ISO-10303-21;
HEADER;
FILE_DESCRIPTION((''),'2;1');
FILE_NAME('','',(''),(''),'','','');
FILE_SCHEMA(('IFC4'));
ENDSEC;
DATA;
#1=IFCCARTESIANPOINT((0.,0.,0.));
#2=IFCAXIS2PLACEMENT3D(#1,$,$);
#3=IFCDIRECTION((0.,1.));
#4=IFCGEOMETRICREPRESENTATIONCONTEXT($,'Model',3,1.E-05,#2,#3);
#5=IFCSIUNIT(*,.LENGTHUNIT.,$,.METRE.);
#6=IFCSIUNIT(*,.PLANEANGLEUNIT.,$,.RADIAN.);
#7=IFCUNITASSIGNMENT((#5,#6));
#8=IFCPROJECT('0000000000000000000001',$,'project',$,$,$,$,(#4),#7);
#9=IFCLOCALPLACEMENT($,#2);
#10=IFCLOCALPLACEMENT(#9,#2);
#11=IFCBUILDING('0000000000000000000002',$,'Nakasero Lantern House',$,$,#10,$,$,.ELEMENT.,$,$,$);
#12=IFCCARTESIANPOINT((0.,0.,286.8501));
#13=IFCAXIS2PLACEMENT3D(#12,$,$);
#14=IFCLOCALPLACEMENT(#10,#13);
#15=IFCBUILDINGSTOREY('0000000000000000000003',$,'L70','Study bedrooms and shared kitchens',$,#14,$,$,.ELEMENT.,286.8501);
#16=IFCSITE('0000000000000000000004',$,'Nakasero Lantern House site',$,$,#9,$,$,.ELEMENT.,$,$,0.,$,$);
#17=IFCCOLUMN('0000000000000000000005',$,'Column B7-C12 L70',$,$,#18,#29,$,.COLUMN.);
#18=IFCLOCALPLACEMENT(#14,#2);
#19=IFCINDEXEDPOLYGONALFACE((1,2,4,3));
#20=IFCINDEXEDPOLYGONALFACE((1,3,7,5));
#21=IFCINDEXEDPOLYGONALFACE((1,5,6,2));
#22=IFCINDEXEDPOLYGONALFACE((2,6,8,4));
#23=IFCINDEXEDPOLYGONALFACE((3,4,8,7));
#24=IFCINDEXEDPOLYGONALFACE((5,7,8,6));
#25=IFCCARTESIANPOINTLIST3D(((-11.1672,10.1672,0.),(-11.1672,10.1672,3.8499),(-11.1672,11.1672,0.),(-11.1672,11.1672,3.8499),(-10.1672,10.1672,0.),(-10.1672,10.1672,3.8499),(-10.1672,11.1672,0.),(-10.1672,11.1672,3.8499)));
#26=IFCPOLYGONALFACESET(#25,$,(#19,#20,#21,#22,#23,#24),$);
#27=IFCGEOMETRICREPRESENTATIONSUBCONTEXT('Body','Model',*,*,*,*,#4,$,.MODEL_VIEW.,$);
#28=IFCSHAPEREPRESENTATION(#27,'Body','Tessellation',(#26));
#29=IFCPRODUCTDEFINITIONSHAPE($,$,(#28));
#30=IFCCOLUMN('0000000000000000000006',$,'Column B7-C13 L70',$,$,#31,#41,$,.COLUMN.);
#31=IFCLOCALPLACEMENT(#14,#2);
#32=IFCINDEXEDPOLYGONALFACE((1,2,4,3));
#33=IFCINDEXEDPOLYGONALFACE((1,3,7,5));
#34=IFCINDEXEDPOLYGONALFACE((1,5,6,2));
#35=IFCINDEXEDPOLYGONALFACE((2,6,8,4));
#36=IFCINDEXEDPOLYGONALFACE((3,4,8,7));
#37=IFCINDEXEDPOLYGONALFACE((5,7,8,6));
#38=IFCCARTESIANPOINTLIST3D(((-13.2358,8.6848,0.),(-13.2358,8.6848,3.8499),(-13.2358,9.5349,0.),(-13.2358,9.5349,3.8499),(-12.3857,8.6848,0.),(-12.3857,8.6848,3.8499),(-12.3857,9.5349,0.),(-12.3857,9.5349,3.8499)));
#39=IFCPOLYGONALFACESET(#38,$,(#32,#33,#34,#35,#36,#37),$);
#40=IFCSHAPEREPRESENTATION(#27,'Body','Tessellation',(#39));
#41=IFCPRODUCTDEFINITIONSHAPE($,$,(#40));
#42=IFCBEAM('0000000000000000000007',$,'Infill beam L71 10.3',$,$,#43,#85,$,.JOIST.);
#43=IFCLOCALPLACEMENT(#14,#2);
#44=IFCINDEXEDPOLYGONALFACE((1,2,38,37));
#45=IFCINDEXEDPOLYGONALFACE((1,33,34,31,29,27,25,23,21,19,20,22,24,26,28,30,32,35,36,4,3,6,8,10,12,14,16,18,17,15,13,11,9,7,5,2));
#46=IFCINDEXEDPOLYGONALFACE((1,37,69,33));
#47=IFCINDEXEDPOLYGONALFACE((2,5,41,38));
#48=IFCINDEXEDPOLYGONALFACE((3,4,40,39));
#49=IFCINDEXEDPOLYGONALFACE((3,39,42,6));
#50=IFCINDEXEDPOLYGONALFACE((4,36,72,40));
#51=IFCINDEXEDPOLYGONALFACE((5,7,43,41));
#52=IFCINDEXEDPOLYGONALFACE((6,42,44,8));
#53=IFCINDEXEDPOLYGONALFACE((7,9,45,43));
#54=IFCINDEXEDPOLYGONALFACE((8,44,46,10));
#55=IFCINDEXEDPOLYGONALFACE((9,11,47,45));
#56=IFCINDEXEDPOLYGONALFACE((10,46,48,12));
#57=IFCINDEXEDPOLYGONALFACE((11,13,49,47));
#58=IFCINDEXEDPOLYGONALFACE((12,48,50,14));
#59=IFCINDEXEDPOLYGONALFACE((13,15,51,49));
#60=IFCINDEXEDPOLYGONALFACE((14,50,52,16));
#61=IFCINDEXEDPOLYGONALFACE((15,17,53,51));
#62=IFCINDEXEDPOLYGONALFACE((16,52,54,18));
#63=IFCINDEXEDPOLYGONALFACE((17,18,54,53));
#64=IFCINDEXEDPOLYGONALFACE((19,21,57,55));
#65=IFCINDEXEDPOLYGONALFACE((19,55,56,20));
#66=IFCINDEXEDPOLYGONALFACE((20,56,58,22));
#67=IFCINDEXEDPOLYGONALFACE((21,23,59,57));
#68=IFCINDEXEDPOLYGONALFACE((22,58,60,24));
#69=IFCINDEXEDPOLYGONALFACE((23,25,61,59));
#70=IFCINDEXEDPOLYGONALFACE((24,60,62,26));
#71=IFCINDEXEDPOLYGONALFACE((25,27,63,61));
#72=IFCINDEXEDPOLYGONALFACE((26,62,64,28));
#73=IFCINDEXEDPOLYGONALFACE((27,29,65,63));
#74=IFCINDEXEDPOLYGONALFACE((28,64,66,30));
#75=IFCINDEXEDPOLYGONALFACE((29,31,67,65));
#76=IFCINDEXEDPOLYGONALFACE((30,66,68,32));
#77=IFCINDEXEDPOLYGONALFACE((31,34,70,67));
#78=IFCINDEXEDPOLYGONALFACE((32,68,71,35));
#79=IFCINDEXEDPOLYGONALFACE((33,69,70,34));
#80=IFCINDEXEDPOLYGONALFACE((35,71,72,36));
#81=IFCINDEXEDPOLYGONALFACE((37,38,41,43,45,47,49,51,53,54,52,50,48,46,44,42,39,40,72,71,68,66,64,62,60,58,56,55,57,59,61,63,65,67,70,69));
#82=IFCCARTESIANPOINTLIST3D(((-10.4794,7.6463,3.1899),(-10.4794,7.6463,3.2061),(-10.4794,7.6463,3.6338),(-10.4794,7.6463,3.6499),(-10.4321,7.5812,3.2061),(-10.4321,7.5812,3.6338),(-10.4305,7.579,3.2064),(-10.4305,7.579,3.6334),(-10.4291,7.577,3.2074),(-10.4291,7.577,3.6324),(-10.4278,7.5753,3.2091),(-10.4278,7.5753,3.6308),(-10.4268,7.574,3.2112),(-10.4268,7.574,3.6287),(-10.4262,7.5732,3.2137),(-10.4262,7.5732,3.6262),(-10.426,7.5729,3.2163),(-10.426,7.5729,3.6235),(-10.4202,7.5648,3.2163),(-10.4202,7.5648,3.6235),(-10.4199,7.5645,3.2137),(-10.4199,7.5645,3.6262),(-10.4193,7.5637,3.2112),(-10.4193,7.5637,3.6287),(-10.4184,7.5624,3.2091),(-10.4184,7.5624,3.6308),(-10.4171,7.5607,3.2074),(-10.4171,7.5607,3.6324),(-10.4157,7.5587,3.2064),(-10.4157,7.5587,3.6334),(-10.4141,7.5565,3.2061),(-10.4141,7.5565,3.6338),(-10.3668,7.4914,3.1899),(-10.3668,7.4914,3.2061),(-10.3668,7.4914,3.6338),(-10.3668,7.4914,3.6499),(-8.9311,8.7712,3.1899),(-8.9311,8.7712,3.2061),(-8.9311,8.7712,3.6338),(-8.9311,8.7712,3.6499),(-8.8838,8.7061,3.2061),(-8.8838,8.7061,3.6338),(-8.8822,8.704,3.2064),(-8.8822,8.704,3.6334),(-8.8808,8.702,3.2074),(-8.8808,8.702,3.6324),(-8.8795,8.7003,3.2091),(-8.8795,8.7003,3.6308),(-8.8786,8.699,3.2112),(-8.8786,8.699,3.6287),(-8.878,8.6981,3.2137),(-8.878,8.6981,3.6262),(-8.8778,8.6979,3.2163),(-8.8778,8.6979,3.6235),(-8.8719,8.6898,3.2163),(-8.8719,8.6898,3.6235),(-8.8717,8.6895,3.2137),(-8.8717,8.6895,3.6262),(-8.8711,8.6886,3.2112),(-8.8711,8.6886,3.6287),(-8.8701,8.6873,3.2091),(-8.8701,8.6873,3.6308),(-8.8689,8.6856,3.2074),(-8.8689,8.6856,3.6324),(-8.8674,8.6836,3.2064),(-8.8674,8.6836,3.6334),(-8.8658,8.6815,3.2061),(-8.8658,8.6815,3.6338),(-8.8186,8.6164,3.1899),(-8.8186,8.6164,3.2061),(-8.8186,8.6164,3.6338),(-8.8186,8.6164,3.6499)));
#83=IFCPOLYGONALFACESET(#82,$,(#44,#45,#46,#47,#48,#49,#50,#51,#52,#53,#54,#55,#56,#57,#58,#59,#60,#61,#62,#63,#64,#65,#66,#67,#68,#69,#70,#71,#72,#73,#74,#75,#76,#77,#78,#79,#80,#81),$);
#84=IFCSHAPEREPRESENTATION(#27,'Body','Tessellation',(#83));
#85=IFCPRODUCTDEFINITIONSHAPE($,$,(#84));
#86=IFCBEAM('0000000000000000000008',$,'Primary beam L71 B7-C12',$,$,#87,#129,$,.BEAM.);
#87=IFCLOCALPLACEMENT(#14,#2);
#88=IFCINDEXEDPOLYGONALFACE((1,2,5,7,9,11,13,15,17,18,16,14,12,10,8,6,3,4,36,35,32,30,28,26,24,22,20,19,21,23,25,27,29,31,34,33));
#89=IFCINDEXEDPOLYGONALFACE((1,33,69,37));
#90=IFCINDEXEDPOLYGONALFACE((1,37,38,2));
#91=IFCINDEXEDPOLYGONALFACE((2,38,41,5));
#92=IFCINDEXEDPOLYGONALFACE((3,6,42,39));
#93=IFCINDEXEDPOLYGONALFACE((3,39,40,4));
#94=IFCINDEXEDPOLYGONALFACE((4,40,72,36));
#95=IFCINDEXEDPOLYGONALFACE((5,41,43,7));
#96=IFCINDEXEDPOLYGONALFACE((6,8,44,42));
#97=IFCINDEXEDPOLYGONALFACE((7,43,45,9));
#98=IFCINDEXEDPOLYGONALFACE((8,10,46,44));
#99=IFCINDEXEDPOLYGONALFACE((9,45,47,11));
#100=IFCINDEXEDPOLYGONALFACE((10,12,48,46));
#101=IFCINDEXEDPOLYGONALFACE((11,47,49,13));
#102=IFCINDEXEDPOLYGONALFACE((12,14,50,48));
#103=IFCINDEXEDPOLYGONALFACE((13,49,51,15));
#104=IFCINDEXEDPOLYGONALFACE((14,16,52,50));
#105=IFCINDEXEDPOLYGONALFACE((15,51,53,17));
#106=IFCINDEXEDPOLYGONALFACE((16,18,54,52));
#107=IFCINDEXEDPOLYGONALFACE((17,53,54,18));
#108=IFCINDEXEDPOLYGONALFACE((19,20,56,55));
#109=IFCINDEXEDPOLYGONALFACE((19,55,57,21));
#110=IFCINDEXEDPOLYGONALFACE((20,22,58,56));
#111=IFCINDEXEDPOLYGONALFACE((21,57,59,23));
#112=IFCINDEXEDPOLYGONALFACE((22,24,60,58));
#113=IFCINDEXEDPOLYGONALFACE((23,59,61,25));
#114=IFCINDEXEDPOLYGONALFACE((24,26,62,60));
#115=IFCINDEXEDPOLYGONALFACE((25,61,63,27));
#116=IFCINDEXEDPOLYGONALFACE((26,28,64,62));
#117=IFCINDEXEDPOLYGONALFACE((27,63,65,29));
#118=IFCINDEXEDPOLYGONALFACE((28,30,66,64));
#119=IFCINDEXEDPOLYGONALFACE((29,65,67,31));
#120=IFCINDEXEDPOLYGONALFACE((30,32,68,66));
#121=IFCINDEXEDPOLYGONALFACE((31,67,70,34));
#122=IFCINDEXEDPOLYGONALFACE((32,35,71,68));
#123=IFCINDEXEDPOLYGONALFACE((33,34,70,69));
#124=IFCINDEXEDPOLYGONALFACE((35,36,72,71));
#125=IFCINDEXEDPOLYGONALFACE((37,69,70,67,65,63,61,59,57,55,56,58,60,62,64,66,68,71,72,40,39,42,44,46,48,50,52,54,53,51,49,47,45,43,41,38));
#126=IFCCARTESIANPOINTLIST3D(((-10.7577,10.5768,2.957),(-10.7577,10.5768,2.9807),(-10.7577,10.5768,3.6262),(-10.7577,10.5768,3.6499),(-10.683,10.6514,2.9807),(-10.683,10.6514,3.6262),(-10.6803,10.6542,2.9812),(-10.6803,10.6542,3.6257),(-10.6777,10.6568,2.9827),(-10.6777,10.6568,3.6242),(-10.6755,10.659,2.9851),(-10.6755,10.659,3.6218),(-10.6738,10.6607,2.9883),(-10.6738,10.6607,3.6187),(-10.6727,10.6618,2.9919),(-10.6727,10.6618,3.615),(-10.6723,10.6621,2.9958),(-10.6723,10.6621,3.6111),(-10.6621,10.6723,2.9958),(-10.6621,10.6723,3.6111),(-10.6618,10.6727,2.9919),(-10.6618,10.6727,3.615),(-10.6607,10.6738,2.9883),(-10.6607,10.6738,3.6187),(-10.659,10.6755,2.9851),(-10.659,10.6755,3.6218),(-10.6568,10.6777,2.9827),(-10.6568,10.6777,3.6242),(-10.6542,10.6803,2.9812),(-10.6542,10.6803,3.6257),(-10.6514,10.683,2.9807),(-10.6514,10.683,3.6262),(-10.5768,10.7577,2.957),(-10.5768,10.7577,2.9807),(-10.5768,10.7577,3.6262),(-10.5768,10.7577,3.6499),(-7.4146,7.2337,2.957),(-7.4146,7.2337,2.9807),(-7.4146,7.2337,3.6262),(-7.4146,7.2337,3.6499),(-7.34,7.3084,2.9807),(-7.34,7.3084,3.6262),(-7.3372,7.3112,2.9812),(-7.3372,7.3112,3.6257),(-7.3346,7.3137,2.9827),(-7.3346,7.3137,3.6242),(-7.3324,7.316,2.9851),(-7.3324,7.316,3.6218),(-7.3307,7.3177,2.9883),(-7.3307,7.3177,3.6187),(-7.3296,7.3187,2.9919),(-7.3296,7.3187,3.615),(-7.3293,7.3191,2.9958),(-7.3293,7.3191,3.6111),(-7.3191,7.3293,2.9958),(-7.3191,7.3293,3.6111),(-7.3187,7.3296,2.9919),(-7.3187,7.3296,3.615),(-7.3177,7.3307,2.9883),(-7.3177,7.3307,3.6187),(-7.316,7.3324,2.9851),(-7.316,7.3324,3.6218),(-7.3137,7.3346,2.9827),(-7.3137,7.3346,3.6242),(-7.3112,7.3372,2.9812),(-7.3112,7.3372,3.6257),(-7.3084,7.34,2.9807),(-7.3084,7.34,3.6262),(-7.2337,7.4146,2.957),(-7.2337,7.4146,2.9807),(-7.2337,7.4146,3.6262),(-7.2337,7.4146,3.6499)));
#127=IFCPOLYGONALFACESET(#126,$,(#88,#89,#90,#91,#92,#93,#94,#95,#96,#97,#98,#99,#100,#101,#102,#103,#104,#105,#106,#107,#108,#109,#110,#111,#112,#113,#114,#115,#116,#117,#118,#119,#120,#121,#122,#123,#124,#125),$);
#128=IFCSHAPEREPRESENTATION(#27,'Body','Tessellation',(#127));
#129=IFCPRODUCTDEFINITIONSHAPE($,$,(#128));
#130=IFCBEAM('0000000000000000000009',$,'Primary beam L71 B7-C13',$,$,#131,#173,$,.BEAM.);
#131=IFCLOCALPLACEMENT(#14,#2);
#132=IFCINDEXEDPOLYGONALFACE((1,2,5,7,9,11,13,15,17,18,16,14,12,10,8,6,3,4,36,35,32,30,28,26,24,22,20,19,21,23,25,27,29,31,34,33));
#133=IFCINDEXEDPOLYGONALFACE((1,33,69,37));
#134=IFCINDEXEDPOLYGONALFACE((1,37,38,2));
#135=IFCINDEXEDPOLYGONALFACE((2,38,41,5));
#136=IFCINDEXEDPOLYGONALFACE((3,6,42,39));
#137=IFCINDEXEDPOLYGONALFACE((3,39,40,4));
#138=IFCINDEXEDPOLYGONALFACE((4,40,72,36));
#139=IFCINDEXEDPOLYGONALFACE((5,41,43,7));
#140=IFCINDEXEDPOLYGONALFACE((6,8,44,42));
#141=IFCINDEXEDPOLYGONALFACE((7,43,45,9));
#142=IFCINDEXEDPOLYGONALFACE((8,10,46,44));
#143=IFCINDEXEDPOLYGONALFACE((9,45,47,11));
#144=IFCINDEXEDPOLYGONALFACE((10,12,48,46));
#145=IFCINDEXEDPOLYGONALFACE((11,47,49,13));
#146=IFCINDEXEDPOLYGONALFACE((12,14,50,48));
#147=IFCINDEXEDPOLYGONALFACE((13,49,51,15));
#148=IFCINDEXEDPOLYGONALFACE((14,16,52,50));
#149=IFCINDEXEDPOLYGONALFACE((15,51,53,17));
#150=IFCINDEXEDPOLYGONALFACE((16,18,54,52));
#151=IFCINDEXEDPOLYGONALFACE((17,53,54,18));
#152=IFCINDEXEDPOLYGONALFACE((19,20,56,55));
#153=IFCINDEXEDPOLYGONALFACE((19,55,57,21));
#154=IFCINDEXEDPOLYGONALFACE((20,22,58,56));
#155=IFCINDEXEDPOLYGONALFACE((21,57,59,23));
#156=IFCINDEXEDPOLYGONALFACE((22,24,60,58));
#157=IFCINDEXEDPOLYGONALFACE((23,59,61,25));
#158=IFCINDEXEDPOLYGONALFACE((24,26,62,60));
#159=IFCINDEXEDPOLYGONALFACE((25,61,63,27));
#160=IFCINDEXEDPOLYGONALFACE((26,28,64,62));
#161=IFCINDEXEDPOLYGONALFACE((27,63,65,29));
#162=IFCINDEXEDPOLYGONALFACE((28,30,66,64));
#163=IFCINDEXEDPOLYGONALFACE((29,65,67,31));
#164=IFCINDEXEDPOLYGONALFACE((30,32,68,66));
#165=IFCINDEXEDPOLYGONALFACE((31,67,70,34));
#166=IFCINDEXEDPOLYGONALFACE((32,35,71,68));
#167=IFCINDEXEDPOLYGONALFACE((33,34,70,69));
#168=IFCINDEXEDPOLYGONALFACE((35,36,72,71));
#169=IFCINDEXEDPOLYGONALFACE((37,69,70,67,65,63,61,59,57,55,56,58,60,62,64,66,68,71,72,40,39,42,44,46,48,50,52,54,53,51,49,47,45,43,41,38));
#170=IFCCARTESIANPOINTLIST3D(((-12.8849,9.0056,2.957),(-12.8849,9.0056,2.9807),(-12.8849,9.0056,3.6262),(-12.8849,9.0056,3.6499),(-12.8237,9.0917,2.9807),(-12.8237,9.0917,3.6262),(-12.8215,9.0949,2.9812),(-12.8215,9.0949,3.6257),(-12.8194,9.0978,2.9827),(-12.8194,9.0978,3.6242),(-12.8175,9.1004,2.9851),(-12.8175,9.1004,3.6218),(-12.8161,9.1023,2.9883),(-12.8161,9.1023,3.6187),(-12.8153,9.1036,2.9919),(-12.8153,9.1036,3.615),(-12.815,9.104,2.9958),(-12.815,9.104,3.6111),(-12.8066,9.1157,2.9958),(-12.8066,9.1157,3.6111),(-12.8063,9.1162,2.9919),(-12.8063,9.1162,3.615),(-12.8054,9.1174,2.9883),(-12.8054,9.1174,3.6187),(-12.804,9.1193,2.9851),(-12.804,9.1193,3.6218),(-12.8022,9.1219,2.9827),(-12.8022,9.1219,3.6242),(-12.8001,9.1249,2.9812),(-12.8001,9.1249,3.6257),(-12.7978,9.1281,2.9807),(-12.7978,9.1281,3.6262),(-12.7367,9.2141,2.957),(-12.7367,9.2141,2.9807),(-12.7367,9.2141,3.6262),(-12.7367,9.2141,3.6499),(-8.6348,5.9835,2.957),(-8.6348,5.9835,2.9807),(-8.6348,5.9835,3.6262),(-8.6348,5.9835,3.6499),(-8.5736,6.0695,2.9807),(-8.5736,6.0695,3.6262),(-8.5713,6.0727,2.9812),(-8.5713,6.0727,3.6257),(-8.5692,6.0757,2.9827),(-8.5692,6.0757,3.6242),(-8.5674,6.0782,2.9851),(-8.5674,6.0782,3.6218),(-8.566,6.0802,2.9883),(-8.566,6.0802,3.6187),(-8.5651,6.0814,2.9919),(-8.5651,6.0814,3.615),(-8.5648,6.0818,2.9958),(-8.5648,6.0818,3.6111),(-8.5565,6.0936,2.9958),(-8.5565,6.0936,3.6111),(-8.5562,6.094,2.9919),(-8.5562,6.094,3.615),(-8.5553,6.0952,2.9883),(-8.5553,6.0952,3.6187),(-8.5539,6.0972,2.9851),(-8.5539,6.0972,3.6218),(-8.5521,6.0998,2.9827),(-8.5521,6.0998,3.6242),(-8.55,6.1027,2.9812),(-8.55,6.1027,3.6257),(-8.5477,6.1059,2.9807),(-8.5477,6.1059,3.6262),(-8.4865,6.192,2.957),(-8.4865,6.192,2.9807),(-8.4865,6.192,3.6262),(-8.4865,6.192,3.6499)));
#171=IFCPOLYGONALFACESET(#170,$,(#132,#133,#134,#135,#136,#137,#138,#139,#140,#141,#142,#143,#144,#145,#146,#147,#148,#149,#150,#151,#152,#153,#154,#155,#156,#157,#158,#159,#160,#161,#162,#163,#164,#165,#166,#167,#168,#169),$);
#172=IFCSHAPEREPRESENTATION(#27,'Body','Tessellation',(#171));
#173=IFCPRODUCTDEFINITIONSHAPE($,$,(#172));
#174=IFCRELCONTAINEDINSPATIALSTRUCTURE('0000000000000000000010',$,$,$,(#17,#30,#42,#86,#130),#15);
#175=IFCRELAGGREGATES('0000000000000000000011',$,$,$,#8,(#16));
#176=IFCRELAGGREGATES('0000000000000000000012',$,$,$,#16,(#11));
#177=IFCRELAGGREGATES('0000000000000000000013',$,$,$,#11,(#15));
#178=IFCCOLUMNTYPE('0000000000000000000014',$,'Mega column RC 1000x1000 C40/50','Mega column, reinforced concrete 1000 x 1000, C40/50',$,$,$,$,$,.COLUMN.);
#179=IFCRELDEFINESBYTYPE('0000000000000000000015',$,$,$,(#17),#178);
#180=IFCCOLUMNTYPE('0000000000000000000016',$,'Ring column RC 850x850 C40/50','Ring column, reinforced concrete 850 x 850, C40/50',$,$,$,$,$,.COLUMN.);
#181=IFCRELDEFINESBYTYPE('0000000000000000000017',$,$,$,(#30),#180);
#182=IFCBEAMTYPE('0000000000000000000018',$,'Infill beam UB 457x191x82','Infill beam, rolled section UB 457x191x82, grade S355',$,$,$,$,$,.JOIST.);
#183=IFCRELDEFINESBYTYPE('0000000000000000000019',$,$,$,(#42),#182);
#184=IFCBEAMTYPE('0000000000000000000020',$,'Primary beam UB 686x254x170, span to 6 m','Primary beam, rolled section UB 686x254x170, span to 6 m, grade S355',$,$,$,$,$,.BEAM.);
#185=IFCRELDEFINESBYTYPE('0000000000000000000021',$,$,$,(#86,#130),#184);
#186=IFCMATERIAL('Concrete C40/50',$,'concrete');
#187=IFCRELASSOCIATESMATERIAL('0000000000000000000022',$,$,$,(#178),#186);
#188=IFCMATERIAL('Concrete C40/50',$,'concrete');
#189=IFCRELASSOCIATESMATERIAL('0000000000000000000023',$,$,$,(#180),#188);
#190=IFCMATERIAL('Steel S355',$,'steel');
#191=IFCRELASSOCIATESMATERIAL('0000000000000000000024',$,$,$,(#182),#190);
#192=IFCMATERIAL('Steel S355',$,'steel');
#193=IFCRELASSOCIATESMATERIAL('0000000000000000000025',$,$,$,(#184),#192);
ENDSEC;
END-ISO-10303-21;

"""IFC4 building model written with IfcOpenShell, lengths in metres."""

from ifc_helpers import new_model, si_unit, direction, frame, origin, origin_2d, place, context, subcontext, project, spatial, rectangle, i_section, extrude, material, material_profile, profile_set, type_object, element, save


model = new_model("IFC4")

# Units and contexts
model_context = context("Model", 3, precision=1e-05, world=origin(), true_north=direction((0.0, 1.0)))
body_context = subcontext(model_context, "Body", "Model", "MODEL_VIEW")
ifc_project = project(units=[si_unit("LENGTHUNIT", "METRE"), si_unit("PLANEANGLEUNIT", "RADIAN")], contexts=[model_context])

# Site, building, storey
site_placement = place(None, origin())
site = spatial("IfcSite", under=ifc_project, at=site_placement, Name="Nakasero Lantern House site", CompositionType="ELEMENT", RefElevation=0.0)
building_placement = place(site_placement, origin())
building = spatial("IfcBuilding", under=site, at=building_placement, Name="Nakasero Lantern House", CompositionType="ELEMENT")
storey_placement = place(building_placement, frame((0.0, 0.0, 286.8501)))
storey = spatial("IfcBuildingStorey", under=building, at=storey_placement, Name="L70", Description="Study bedrooms and shared kitchens", CompositionType="ELEMENT", Elevation=286.8501)

# Columns
ifc_material_1 = material(Name="Concrete C40/50", Category="concrete")
ifc_material_profile_1 = material_profile(ifc_material_1, rectangle(XDim=1.0, YDim=1.0, at=origin_2d()), Name="RC 1000x1000")
ifc_profile_set_1 = profile_set([ifc_material_profile_1], Name="Concrete C40/50")
column_type_1 = type_object("IfcColumnType", Name="Mega column RC 1000x1000 C40/50", Description="Mega column, reinforced concrete 1000 x 1000, C40/50", PredefinedType="COLUMN", material=ifc_profile_set_1)
column_1_placement = place(storey_placement, frame((-10.6672, 10.6672, 0.0), z_axis=(0.0, 0.0, 1.0), x_axis=(1.0, 0.0, 0.0)))
element("IfcColumn", 1, at=column_1_placement, inside=storey, type_object=column_type_1, Name="Column B7-C12 L70", PredefinedType="COLUMN", context=body_context, shape_type="SweptSolid", body=[
    extrude(rectangle(XDim=1.0, YDim=1.0, at=origin_2d()), origin(), (0.0, 0.0, 1.0), 3.8499),
])
ifc_material_2 = material(Name="Concrete C40/50", Category="concrete")
ifc_material_profile_2 = material_profile(ifc_material_2, rectangle(XDim=0.8501, YDim=0.8501, at=origin_2d()), Name="RC 850x850")
ifc_profile_set_2 = profile_set([ifc_material_profile_2], Name="Concrete C40/50")
column_type_2 = type_object("IfcColumnType", Name="Ring column RC 850x850 C40/50", Description="Ring column, reinforced concrete 850 x 850, C40/50", PredefinedType="COLUMN", material=ifc_profile_set_2)
column_2_placement = place(storey_placement, frame((-12.8108, 9.1099, 0.0), z_axis=(0.0, 0.0, 1.0), x_axis=(1.0, 0.0, 0.0)))
element("IfcColumn", 2, at=column_2_placement, inside=storey, type_object=column_type_2, Name="Column B7-C13 L70", PredefinedType="COLUMN", context=body_context, shape_type="SweptSolid", body=[
    extrude(rectangle(XDim=0.8501, YDim=0.8501, at=origin_2d()), origin(), (0.0, 0.0, 1.0), 3.8499),
])

# Beams
ifc_material_3 = material(Name="Steel S355", Category="steel")
ifc_material_profile_3 = material_profile(ifc_material_3, i_section(OverallWidth=0.1914, OverallDepth=0.46, WebThickness=0.01, FlangeThickness=0.0161, FilletRadius=0.0103, at=origin_2d()), Name="UB 457x191x82")
ifc_profile_set_3 = profile_set([ifc_material_profile_3], Name="Steel S355")
beam_type_1 = type_object("IfcBeamType", Name="Infill beam UB 457x191x82", Description="Infill beam, rolled section UB 457x191x82, grade S355", PredefinedType="JOIST", material=ifc_profile_set_3)
beam_1_placement = place(storey_placement, frame((-10.4231, 7.5688, 3.4199), z_axis=(0.809001, 0.587808, 0.0), x_axis=(-0.587808, 0.809001, 0.0)))
element("IfcBeam", 3, at=beam_1_placement, inside=storey, type_object=beam_type_1, Name="Infill beam L71 10.3", PredefinedType="JOIST", context=body_context, shape_type="SweptSolid", body=[
    extrude(i_section(OverallWidth=0.1914, OverallDepth=0.46, WebThickness=0.01, FlangeThickness=0.0161, FilletRadius=0.0103, at=origin_2d()), origin(), (0.0, 0.0, 1.0), 1.9138),
])
ifc_material_4 = material(Name="Steel S355", Category="steel")
ifc_material_profile_4 = material_profile(ifc_material_4, i_section(OverallWidth=0.2559, OverallDepth=0.6929, WebThickness=0.0144, FlangeThickness=0.0237, FilletRadius=0.0151, at=origin_2d()), Name="UB 686x254x170")
ifc_profile_set_4 = profile_set([ifc_material_profile_4], Name="Steel S355")
beam_type_2 = type_object("IfcBeamType", Name="Primary beam UB 686x254x170, span to 6 m", Description="Primary beam, rolled section UB 686x254x170, span to 6 m, grade S355", PredefinedType="BEAM", material=ifc_profile_set_4)
beam_2_placement = place(storey_placement, frame((-10.6672, 10.6672, 3.3035), z_axis=(0.707107, -0.707107, 0.0), x_axis=(0.707107, 0.707107, 0.0)))
element("IfcBeam", 4, at=beam_2_placement, inside=storey, type_object=beam_type_2, Name="Primary beam L71 B7-C12", PredefinedType="BEAM", context=body_context, shape_type="SweptSolid", body=[
    extrude(i_section(OverallWidth=0.2559, OverallDepth=0.6929, WebThickness=0.0144, FlangeThickness=0.0237, FilletRadius=0.0151, at=origin_2d()), origin(), (0.0, 0.0, 1.0), 4.7278),
])
beam_3_placement = place(storey_placement, frame((-12.8108, 9.1099, 3.3035), z_axis=(0.814972, -0.579501, 0.0), x_axis=(0.579501, 0.814972, 0.0)))
element("IfcBeam", 5, at=beam_3_placement, inside=storey, type_object=beam_type_2, Name="Primary beam L71 B7-C13", PredefinedType="BEAM", context=body_context, shape_type="SweptSolid", body=[
    extrude(i_section(OverallWidth=0.2559, OverallDepth=0.6929, WebThickness=0.0144, FlangeThickness=0.0237, FilletRadius=0.0151, at=origin_2d()), origin(), (0.0, 0.0, 1.0), 5.2151),
])

save(model, "model.ifc")
